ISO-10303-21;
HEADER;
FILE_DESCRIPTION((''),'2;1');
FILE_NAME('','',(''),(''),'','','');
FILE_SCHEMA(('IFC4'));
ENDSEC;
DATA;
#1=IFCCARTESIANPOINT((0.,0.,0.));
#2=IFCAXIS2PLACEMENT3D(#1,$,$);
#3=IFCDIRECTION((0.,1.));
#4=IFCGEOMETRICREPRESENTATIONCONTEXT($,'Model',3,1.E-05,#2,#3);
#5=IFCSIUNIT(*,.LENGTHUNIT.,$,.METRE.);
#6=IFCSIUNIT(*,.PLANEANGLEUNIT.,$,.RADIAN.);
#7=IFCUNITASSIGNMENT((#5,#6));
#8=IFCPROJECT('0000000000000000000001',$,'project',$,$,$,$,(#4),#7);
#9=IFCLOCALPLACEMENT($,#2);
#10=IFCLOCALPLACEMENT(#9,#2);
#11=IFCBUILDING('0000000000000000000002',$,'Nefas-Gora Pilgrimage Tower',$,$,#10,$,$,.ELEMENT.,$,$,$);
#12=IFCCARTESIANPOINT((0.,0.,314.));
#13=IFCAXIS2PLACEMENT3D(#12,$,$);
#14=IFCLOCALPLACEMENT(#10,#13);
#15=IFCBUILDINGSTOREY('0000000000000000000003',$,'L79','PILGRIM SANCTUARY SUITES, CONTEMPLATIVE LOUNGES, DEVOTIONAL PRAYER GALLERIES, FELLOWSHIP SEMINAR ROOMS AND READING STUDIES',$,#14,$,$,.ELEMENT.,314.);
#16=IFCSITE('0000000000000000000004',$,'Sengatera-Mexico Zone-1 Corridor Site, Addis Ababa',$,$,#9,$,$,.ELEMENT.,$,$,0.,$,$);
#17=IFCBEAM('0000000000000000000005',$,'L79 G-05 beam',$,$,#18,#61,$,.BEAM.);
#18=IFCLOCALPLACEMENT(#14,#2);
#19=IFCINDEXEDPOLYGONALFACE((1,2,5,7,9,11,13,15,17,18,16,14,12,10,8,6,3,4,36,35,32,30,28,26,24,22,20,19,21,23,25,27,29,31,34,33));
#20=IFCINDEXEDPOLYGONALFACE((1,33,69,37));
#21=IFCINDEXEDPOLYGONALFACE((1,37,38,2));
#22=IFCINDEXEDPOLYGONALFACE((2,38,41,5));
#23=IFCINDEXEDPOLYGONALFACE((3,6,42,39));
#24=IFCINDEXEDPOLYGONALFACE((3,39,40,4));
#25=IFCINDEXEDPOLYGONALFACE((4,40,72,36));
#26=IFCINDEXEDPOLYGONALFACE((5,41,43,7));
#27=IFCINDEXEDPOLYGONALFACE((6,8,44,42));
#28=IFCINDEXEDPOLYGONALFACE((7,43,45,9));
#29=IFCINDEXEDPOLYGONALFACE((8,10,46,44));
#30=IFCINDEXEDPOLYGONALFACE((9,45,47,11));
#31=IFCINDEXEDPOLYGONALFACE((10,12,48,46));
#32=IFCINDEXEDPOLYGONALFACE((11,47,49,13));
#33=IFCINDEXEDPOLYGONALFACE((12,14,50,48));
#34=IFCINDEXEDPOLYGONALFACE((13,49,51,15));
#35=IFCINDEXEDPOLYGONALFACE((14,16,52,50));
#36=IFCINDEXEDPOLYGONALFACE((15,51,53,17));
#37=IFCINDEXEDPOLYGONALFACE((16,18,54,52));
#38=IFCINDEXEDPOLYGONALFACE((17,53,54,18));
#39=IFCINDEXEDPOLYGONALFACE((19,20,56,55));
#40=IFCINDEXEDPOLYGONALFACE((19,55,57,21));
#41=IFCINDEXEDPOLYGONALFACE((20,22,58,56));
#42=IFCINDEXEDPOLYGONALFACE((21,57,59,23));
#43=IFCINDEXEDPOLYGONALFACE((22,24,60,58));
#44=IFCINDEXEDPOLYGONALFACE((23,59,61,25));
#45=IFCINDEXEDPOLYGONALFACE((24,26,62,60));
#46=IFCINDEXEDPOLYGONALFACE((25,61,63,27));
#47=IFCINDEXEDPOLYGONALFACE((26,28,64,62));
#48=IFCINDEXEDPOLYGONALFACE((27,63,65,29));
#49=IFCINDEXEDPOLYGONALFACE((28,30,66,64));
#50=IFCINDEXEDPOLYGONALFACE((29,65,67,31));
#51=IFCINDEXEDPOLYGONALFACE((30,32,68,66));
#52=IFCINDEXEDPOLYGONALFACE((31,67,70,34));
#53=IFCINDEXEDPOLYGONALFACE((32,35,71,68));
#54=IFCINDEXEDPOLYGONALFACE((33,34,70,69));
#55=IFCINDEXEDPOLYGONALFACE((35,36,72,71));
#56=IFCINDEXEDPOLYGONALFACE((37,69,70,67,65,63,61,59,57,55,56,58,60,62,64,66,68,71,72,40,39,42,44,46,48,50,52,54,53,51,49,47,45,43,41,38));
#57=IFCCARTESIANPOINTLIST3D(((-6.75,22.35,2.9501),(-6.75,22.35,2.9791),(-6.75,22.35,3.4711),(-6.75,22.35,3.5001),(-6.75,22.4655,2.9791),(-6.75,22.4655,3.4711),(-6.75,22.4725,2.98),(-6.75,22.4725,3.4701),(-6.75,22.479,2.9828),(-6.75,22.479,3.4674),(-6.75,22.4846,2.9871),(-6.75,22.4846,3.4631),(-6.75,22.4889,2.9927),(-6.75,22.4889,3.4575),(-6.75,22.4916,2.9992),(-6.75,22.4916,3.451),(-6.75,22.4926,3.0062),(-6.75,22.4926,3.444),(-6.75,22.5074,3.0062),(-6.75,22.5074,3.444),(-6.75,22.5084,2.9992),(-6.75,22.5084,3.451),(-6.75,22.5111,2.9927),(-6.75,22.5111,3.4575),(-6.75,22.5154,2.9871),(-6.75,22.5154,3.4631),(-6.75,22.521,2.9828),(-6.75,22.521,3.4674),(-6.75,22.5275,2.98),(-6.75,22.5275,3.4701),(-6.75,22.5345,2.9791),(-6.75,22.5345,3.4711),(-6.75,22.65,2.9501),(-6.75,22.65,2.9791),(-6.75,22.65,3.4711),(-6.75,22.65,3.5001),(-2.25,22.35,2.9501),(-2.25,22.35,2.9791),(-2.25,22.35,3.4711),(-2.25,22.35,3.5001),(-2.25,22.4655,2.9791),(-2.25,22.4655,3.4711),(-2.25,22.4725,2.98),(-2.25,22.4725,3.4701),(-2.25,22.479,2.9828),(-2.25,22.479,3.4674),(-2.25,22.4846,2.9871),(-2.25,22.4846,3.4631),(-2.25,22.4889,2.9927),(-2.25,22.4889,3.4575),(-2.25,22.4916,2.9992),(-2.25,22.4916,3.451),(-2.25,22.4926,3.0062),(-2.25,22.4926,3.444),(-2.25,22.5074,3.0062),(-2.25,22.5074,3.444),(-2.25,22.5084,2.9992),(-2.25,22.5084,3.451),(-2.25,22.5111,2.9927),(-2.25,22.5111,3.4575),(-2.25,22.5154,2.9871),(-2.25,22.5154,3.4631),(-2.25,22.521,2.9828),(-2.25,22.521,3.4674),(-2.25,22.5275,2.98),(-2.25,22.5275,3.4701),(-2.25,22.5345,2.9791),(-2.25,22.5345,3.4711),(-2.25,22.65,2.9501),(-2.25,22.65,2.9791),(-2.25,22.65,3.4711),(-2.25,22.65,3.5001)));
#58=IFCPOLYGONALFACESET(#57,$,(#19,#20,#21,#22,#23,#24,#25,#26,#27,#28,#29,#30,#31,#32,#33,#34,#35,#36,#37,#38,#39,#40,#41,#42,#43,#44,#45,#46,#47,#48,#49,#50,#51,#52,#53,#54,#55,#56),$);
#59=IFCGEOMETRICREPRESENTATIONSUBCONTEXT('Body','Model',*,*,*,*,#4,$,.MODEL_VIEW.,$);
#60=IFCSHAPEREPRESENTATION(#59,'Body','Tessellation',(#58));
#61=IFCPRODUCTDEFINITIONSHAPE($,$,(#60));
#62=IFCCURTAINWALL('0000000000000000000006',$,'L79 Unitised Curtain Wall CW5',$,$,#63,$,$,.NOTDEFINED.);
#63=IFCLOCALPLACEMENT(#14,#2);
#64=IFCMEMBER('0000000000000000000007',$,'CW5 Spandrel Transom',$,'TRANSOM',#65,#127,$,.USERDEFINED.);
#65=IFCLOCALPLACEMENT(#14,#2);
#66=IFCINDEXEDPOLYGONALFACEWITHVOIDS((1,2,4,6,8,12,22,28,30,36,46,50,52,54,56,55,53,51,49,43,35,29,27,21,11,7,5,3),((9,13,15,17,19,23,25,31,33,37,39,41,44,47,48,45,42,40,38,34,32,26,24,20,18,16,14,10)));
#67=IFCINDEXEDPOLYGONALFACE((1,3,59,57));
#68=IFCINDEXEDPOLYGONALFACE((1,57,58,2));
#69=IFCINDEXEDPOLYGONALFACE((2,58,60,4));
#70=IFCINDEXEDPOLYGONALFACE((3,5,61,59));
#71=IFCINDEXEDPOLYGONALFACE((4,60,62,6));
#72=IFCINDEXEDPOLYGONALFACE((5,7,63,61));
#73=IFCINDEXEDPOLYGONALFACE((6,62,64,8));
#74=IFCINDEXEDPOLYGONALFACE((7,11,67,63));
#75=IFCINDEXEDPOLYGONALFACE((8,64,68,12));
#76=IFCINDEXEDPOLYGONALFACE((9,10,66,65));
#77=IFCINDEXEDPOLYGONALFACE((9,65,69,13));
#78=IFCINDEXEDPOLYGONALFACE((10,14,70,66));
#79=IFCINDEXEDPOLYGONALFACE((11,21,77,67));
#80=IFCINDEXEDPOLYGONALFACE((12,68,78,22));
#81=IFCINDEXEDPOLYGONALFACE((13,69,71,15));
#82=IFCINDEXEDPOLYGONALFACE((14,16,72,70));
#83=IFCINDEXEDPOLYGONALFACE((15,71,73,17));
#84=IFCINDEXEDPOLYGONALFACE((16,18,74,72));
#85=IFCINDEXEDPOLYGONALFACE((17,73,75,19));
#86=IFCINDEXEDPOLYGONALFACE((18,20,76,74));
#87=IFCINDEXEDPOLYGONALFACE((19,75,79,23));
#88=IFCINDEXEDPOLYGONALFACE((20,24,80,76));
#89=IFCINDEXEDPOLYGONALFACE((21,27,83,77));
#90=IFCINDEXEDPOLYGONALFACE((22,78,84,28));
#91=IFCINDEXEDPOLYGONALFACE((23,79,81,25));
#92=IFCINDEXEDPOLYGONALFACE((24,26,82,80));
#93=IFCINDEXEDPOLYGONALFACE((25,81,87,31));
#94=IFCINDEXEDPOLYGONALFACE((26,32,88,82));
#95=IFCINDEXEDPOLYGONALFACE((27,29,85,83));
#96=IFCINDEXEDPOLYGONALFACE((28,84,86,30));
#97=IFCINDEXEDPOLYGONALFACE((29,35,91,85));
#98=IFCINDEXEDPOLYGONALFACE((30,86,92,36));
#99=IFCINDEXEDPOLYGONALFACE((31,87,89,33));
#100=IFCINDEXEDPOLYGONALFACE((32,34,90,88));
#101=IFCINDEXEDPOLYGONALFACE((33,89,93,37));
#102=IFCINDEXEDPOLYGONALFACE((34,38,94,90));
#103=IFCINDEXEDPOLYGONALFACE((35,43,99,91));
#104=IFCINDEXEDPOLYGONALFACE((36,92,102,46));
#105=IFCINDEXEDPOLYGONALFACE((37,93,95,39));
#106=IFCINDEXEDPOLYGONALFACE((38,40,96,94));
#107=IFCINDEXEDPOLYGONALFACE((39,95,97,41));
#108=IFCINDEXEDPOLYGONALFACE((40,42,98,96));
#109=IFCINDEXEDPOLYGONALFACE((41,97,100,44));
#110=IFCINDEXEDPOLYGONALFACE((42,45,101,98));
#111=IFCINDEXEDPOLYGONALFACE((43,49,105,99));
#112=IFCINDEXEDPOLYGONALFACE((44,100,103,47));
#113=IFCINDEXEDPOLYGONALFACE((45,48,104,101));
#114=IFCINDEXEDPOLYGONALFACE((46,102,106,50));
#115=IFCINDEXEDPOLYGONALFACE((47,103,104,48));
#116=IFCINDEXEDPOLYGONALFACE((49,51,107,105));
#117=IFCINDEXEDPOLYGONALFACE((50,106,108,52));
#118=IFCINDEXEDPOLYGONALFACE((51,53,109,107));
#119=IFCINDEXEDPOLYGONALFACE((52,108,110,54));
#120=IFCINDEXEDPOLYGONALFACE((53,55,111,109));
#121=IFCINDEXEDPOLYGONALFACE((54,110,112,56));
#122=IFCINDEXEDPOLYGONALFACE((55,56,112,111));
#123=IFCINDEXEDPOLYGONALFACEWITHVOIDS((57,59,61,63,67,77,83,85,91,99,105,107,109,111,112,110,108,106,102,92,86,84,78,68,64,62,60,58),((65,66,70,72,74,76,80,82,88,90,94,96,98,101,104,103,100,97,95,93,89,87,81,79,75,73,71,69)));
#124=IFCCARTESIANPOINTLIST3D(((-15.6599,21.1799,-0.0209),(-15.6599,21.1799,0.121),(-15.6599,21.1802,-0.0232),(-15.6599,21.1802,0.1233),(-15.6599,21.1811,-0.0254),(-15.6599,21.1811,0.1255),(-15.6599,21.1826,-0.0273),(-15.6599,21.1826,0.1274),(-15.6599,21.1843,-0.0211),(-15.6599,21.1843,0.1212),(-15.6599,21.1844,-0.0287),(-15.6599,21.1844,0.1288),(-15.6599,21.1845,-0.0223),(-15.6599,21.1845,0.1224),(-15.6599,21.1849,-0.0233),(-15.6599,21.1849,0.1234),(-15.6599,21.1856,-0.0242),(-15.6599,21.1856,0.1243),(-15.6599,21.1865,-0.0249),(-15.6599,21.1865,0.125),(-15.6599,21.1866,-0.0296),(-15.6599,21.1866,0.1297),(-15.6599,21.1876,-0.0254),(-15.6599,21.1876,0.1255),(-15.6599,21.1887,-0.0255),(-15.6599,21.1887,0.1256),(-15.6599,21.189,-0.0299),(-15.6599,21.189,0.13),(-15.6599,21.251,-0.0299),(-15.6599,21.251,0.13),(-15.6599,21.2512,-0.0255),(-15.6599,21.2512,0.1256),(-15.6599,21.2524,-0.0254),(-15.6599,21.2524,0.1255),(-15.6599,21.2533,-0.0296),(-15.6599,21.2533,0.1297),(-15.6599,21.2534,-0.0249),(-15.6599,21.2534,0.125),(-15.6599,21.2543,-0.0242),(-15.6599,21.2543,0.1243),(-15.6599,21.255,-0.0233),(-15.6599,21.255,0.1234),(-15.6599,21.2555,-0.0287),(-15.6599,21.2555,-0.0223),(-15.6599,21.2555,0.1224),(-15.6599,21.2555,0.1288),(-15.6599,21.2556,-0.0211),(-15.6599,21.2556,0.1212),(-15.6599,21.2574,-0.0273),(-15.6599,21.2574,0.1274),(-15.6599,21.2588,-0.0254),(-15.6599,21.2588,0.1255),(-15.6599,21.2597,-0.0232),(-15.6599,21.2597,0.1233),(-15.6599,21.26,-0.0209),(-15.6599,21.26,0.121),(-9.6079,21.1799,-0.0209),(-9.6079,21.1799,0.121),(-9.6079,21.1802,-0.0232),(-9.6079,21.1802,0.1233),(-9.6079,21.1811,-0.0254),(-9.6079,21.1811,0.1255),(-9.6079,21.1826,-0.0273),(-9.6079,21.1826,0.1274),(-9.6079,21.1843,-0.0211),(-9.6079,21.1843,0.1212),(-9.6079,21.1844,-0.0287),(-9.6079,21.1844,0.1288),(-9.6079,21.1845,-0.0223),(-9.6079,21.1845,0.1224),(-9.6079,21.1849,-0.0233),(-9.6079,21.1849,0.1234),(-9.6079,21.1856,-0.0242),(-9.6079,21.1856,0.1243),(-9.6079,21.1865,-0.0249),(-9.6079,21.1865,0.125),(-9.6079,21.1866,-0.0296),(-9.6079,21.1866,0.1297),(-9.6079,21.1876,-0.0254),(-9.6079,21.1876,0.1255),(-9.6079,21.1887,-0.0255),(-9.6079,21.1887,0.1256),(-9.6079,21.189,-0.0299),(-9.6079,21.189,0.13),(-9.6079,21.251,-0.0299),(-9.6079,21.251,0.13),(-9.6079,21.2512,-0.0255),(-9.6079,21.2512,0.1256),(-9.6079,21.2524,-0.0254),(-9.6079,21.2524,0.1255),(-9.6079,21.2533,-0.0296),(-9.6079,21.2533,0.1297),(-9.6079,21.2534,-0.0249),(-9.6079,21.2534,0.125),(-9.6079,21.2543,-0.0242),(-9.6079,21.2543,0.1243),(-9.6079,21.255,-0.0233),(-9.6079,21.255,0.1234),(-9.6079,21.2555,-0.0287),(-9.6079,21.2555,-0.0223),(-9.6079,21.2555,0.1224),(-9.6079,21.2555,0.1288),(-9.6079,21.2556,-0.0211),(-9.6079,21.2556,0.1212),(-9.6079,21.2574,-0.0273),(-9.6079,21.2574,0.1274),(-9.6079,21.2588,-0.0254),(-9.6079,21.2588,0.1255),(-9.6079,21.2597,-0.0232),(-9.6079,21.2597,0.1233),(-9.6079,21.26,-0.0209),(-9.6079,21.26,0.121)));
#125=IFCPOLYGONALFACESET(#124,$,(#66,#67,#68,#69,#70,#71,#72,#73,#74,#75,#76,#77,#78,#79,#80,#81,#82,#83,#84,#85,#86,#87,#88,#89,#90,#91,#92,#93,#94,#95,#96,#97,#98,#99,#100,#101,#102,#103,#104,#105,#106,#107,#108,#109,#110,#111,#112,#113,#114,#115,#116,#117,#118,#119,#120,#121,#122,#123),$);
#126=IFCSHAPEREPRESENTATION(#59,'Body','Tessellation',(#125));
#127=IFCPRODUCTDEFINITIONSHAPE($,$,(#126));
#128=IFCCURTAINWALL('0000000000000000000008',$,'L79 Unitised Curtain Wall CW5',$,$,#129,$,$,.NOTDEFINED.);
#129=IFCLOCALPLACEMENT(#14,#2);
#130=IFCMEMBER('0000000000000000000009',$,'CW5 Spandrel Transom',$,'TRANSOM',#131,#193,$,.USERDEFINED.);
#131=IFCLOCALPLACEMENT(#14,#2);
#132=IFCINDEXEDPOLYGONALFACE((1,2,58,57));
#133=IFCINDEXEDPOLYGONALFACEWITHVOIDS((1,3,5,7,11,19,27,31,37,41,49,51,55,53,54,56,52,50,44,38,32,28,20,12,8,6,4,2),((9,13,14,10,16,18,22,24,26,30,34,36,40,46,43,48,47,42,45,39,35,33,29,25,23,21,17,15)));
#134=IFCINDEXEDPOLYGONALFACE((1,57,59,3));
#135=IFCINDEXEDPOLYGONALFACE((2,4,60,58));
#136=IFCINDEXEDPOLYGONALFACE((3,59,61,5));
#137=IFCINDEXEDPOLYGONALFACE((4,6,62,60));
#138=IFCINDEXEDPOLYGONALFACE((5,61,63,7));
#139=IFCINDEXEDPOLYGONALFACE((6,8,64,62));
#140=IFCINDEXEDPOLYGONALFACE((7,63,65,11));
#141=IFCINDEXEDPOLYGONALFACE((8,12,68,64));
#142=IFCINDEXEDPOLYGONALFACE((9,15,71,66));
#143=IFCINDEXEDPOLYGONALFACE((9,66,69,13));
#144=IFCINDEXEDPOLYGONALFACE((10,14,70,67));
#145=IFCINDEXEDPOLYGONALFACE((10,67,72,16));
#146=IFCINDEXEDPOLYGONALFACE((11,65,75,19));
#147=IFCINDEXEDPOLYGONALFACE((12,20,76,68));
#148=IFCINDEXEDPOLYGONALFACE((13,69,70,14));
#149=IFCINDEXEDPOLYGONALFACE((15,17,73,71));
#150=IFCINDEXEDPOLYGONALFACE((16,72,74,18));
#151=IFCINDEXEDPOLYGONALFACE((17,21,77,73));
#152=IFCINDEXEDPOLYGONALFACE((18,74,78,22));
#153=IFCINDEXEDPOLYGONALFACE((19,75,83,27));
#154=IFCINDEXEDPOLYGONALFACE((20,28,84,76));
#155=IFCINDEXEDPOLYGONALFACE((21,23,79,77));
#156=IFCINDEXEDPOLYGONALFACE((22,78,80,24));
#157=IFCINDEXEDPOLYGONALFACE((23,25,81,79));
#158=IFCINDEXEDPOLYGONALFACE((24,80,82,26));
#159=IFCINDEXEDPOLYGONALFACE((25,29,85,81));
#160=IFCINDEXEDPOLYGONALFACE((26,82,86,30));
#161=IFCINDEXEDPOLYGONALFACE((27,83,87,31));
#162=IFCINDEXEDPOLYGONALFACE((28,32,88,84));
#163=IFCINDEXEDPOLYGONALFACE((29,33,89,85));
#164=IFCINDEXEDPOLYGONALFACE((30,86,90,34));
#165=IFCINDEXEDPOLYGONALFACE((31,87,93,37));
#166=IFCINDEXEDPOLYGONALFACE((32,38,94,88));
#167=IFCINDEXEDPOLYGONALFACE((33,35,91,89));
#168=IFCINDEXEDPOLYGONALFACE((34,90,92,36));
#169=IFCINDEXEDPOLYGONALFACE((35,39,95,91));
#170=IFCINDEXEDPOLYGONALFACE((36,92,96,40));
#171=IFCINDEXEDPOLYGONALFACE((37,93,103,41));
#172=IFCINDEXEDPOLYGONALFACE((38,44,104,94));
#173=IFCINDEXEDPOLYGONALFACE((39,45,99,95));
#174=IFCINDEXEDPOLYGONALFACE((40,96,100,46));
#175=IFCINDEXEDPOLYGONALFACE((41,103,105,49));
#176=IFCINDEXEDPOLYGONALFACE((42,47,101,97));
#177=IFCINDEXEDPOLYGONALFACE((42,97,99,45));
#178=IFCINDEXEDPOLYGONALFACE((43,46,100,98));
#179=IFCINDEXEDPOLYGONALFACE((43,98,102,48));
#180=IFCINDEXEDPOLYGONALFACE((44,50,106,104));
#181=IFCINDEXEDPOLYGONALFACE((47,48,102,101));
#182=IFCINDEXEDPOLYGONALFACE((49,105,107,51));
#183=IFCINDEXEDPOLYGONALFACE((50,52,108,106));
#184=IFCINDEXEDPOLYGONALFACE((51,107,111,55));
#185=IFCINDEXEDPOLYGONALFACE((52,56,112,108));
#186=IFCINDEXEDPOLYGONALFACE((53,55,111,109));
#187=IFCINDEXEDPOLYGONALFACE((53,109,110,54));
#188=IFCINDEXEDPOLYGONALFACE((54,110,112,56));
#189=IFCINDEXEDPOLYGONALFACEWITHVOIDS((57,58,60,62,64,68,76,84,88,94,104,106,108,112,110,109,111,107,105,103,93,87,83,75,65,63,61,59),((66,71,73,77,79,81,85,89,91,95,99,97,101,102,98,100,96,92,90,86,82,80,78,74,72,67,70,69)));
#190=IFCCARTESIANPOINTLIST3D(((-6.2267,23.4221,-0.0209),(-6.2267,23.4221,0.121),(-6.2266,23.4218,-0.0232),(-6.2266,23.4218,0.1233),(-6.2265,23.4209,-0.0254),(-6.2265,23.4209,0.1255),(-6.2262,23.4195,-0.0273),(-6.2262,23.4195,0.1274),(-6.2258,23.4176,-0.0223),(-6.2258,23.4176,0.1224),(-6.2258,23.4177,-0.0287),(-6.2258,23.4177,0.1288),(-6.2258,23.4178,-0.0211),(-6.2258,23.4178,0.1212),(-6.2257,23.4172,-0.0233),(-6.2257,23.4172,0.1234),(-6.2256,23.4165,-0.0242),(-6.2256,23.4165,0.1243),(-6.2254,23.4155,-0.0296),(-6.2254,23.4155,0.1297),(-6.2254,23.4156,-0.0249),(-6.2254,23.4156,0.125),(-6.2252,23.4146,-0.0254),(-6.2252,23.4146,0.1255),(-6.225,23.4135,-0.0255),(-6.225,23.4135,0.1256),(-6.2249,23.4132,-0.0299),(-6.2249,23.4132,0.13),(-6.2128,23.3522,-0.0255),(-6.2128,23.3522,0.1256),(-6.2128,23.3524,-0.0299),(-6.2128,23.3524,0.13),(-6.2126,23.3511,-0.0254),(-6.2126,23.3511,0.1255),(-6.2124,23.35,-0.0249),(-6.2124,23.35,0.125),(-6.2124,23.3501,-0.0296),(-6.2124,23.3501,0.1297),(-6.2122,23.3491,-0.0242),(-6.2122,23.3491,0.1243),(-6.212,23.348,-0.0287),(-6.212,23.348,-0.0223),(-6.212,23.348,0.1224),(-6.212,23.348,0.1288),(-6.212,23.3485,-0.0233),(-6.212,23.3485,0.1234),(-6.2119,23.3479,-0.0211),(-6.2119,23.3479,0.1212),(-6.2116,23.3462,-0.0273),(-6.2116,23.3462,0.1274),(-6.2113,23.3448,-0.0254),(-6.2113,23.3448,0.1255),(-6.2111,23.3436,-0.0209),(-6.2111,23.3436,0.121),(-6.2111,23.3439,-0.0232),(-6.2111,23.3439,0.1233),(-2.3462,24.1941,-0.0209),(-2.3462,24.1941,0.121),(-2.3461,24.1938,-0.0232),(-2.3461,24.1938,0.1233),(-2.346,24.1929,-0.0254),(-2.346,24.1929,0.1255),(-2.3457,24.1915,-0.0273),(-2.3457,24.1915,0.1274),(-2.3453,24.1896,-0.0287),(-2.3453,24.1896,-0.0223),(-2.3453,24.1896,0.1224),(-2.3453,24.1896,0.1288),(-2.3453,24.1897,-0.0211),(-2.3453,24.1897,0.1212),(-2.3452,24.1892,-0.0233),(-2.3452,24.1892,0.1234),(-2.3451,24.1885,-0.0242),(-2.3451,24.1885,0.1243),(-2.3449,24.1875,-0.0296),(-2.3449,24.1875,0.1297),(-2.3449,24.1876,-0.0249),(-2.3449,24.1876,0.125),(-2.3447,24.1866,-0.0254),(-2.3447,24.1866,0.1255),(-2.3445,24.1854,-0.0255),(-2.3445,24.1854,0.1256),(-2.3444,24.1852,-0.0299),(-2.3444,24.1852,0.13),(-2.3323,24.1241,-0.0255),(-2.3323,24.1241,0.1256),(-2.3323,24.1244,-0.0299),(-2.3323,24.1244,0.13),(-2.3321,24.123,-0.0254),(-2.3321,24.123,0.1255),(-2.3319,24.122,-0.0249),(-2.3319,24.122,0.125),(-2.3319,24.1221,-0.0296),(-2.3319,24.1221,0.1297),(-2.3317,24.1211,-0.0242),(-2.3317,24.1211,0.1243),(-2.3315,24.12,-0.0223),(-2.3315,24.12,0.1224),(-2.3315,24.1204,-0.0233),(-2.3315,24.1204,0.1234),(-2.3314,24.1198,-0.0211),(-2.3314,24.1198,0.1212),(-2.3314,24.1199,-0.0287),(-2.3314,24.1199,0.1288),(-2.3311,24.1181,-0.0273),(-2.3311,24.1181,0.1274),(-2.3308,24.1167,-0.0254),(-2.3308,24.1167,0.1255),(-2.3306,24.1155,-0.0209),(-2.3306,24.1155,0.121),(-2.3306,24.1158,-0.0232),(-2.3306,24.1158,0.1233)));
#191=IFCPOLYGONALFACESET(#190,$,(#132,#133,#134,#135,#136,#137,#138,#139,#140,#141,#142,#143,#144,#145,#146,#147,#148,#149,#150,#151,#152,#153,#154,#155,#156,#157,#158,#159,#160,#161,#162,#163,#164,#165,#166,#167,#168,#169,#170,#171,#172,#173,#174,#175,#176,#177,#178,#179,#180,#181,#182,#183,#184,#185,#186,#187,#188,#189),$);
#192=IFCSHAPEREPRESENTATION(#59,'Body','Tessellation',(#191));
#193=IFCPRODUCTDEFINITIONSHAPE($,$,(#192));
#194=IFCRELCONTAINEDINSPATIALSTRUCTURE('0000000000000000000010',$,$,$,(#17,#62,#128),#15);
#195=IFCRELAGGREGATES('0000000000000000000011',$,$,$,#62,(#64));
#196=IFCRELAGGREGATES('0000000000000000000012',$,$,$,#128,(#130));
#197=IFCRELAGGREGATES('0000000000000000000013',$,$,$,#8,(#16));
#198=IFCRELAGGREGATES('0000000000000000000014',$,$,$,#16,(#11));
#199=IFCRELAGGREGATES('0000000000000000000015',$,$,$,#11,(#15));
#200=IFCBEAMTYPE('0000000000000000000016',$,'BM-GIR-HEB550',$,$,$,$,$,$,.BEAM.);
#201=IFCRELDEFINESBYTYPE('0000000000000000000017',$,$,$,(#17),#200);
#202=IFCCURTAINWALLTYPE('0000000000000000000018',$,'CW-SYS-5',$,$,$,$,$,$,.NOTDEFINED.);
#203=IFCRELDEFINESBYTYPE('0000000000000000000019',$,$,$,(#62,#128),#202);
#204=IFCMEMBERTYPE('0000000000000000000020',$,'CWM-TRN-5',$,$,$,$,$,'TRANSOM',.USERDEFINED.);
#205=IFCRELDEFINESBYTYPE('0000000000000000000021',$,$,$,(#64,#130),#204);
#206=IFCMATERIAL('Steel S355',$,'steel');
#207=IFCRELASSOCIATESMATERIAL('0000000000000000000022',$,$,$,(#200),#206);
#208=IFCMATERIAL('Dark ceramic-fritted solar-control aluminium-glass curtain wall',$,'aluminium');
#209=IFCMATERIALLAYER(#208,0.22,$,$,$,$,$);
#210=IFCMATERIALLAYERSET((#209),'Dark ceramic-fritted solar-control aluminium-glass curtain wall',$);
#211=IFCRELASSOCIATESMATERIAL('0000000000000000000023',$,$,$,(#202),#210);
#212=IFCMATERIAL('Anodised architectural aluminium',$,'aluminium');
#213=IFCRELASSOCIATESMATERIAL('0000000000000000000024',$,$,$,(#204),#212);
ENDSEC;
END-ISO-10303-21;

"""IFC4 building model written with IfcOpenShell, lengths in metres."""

from ifc_helpers import new_model, si_unit, direction, frame, origin, origin_2d, place, context, subcontext, project, spatial, hollow_rectangle, i_section, extrude, source, transform, mapped, material, layer, layer_set, material_profile, profile_set, type_object, element, aggregate, save


model = new_model("IFC4")

# Units and contexts
model_context = context("Model", 3, precision=1e-05, world=origin(), true_north=direction((0.0, 1.0)))
body_context = subcontext(model_context, "Body", "Model", "MODEL_VIEW")
ifc_project = project(units=[si_unit("LENGTHUNIT", "METRE"), si_unit("PLANEANGLEUNIT", "RADIAN")], contexts=[model_context])

# Site, building, storey
site_placement = place(None, origin())
site = spatial("IfcSite", under=ifc_project, at=site_placement, Name="Sengatera-Mexico Zone-1 Corridor Site, Addis Ababa", CompositionType="ELEMENT", RefElevation=0.0)
building_placement = place(site_placement, origin())
building = spatial("IfcBuilding", under=site, at=building_placement, Name="Nefas-Gora Pilgrimage Tower", CompositionType="ELEMENT")
storey_placement = place(building_placement, frame((0.0, 0.0, 314.0)))
storey = spatial("IfcBuildingStorey", under=building, at=storey_placement, Name="L79", Description="PILGRIM SANCTUARY SUITES, CONTEMPLATIVE LOUNGES, DEVOTIONAL PRAYER GALLERIES, FELLOWSHIP SEMINAR ROOMS AND READING STUDIES", CompositionType="ELEMENT", Elevation=314.0)

# Shared definitions
ifc_material_1 = material(Name="Steel S355", Category="steel")

# Beam
ifc_material_profile_1 = material_profile(ifc_material_1, i_section(OverallWidth=0.3, OverallDepth=0.55, WebThickness=0.0149, FlangeThickness=0.0291, FilletRadius=0.0271, at=origin_2d()), Name="HEB 550")
ifc_profile_set_1 = profile_set([ifc_material_profile_1], Name="Steel S355")
beam_type = type_object("IfcBeamType", Name="BM-GIR-HEB550", PredefinedType="BEAM", material=ifc_profile_set_1)
shared_shape_1 = source(origin(), body_context, "Body", "SweptSolid", [
    extrude(i_section(OverallWidth=0.3, OverallDepth=0.55, WebThickness=0.0149, FlangeThickness=0.0291, FilletRadius=0.0271, at=origin_2d()), origin(), (0.0, 0.0, 1.0), 4.5),
])
for number, where, z_axis, x_axis, name in (
    (1, (-6.75, 22.5, 3.2251), (1.0, 0.0, 0.0), (0.0, 1.0, 0.0), "L79 G-05 beam"),
):
    element("IfcBeam", number, at=place(storey_placement, frame(where, z_axis=z_axis, x_axis=x_axis)), inside=storey, type_object=beam_type, Name=name, PredefinedType="BEAM", context=body_context, shape_type="MappedRepresentation", body=[
        mapped(shared_shape_1, transform((0.0, 0.0, 0.0), x_axis=(1.0, 0.0, 0.0), y_axis=(0.0, 1.0, 0.0), z_axis=(0.0, 0.0, 1.0), scale=1.0)),
    ])

# Curtain wall, member
ifc_material_2 = material(Name="Dark ceramic-fritted solar-control aluminium-glass curtain wall", Category="aluminium")
ifc_layer_1 = layer(ifc_material_2, 0.22)
ifc_layer_set_1 = layer_set([ifc_layer_1], Name="Dark ceramic-fritted solar-control aluminium-glass curtain wall")
curtain_wall_type = type_object("IfcCurtainWallType", Name="CW-SYS-5", PredefinedType="NOTDEFINED", material=ifc_layer_set_1)
curtain_wall_1_placement = place(storey_placement, origin())
curtain_wall_1 = element("IfcCurtainWall", 2, at=curtain_wall_1_placement, inside=storey, type_object=curtain_wall_type, Name="L79 Unitised Curtain Wall CW5", PredefinedType="NOTDEFINED")
ifc_material_3 = material(Name="Anodised architectural aluminium", Category="aluminium")
ifc_material_profile_2 = material_profile(ifc_material_3, hollow_rectangle(XDim=0.0801, YDim=0.1599, WallThickness=0.0044, InnerFilletRadius=0.0044, OuterFilletRadius=0.009, at=origin_2d()), Name="ALU TRANSOM 80x160")
ifc_profile_set_2 = profile_set([ifc_material_profile_2], Name="Anodised architectural aluminium")
member_type_1 = type_object("IfcMemberType", Name="CWM-TRN-5", ElementType="TRANSOM", PredefinedType="USERDEFINED", material=ifc_profile_set_2)
shared_shape_2 = source(origin(), body_context, "Body", "SweptSolid", [
    extrude(hollow_rectangle(XDim=0.0801, YDim=0.1599, WallThickness=0.0044, InnerFilletRadius=0.0044, OuterFilletRadius=0.009, at=origin_2d()), origin(), (0.0, 0.0, 1.0), 6.052),
])
member_1_placement = place(storey_placement, frame((-9.6079, 21.22, 0.05), z_axis=(-1.0, 0.0, 0.0), x_axis=(0.0, -1.0, 0.0)))
member_1 = element("IfcMember", 3, at=member_1_placement, type_object=member_type_1, Name="CW5 Spandrel Transom", ObjectType="TRANSOM", PredefinedType="USERDEFINED", context=body_context, shape_type="MappedRepresentation", body=[
    mapped(shared_shape_2, transform((0.0, 0.0, 0.0), x_axis=(1.0, 0.0, 0.0), y_axis=(0.0, 1.0, 0.0), z_axis=(0.0, 0.0, 1.0), scale=1.0)),
])

# Curtain wall, member
curtain_wall_2_placement = place(storey_placement, origin())
curtain_wall_2 = element("IfcCurtainWall", 4, at=curtain_wall_2_placement, inside=storey, type_object=curtain_wall_type, Name="L79 Unitised Curtain Wall CW5", PredefinedType="NOTDEFINED")
shared_shape_3 = source(origin(), body_context, "Body", "SweptSolid", [
    extrude(hollow_rectangle(XDim=0.0801, YDim=0.1599, WallThickness=0.0044, InnerFilletRadius=0.0044, OuterFilletRadius=0.009, at=origin_2d()), origin(), (0.0, 0.0, 1.0), 3.9565),
])
member_2_placement = place(storey_placement, frame((-2.3384, 24.1548, 0.05), z_axis=(-0.980782, -0.195107, 0.0), x_axis=(0.195107, -0.980782, 0.0)))
member_2 = element("IfcMember", 5, at=member_2_placement, type_object=member_type_1, Name="CW5 Spandrel Transom", ObjectType="TRANSOM", PredefinedType="USERDEFINED", context=body_context, shape_type="MappedRepresentation", body=[
    mapped(shared_shape_3, transform((0.0, 0.0, 0.0), x_axis=(1.0, 0.0, 0.0), y_axis=(0.0, 1.0, 0.0), z_axis=(0.0, 0.0, 1.0), scale=1.0)),
])

aggregate(curtain_wall_1, [member_1])

aggregate(curtain_wall_2, [member_2])

save(model, "model.ifc")
